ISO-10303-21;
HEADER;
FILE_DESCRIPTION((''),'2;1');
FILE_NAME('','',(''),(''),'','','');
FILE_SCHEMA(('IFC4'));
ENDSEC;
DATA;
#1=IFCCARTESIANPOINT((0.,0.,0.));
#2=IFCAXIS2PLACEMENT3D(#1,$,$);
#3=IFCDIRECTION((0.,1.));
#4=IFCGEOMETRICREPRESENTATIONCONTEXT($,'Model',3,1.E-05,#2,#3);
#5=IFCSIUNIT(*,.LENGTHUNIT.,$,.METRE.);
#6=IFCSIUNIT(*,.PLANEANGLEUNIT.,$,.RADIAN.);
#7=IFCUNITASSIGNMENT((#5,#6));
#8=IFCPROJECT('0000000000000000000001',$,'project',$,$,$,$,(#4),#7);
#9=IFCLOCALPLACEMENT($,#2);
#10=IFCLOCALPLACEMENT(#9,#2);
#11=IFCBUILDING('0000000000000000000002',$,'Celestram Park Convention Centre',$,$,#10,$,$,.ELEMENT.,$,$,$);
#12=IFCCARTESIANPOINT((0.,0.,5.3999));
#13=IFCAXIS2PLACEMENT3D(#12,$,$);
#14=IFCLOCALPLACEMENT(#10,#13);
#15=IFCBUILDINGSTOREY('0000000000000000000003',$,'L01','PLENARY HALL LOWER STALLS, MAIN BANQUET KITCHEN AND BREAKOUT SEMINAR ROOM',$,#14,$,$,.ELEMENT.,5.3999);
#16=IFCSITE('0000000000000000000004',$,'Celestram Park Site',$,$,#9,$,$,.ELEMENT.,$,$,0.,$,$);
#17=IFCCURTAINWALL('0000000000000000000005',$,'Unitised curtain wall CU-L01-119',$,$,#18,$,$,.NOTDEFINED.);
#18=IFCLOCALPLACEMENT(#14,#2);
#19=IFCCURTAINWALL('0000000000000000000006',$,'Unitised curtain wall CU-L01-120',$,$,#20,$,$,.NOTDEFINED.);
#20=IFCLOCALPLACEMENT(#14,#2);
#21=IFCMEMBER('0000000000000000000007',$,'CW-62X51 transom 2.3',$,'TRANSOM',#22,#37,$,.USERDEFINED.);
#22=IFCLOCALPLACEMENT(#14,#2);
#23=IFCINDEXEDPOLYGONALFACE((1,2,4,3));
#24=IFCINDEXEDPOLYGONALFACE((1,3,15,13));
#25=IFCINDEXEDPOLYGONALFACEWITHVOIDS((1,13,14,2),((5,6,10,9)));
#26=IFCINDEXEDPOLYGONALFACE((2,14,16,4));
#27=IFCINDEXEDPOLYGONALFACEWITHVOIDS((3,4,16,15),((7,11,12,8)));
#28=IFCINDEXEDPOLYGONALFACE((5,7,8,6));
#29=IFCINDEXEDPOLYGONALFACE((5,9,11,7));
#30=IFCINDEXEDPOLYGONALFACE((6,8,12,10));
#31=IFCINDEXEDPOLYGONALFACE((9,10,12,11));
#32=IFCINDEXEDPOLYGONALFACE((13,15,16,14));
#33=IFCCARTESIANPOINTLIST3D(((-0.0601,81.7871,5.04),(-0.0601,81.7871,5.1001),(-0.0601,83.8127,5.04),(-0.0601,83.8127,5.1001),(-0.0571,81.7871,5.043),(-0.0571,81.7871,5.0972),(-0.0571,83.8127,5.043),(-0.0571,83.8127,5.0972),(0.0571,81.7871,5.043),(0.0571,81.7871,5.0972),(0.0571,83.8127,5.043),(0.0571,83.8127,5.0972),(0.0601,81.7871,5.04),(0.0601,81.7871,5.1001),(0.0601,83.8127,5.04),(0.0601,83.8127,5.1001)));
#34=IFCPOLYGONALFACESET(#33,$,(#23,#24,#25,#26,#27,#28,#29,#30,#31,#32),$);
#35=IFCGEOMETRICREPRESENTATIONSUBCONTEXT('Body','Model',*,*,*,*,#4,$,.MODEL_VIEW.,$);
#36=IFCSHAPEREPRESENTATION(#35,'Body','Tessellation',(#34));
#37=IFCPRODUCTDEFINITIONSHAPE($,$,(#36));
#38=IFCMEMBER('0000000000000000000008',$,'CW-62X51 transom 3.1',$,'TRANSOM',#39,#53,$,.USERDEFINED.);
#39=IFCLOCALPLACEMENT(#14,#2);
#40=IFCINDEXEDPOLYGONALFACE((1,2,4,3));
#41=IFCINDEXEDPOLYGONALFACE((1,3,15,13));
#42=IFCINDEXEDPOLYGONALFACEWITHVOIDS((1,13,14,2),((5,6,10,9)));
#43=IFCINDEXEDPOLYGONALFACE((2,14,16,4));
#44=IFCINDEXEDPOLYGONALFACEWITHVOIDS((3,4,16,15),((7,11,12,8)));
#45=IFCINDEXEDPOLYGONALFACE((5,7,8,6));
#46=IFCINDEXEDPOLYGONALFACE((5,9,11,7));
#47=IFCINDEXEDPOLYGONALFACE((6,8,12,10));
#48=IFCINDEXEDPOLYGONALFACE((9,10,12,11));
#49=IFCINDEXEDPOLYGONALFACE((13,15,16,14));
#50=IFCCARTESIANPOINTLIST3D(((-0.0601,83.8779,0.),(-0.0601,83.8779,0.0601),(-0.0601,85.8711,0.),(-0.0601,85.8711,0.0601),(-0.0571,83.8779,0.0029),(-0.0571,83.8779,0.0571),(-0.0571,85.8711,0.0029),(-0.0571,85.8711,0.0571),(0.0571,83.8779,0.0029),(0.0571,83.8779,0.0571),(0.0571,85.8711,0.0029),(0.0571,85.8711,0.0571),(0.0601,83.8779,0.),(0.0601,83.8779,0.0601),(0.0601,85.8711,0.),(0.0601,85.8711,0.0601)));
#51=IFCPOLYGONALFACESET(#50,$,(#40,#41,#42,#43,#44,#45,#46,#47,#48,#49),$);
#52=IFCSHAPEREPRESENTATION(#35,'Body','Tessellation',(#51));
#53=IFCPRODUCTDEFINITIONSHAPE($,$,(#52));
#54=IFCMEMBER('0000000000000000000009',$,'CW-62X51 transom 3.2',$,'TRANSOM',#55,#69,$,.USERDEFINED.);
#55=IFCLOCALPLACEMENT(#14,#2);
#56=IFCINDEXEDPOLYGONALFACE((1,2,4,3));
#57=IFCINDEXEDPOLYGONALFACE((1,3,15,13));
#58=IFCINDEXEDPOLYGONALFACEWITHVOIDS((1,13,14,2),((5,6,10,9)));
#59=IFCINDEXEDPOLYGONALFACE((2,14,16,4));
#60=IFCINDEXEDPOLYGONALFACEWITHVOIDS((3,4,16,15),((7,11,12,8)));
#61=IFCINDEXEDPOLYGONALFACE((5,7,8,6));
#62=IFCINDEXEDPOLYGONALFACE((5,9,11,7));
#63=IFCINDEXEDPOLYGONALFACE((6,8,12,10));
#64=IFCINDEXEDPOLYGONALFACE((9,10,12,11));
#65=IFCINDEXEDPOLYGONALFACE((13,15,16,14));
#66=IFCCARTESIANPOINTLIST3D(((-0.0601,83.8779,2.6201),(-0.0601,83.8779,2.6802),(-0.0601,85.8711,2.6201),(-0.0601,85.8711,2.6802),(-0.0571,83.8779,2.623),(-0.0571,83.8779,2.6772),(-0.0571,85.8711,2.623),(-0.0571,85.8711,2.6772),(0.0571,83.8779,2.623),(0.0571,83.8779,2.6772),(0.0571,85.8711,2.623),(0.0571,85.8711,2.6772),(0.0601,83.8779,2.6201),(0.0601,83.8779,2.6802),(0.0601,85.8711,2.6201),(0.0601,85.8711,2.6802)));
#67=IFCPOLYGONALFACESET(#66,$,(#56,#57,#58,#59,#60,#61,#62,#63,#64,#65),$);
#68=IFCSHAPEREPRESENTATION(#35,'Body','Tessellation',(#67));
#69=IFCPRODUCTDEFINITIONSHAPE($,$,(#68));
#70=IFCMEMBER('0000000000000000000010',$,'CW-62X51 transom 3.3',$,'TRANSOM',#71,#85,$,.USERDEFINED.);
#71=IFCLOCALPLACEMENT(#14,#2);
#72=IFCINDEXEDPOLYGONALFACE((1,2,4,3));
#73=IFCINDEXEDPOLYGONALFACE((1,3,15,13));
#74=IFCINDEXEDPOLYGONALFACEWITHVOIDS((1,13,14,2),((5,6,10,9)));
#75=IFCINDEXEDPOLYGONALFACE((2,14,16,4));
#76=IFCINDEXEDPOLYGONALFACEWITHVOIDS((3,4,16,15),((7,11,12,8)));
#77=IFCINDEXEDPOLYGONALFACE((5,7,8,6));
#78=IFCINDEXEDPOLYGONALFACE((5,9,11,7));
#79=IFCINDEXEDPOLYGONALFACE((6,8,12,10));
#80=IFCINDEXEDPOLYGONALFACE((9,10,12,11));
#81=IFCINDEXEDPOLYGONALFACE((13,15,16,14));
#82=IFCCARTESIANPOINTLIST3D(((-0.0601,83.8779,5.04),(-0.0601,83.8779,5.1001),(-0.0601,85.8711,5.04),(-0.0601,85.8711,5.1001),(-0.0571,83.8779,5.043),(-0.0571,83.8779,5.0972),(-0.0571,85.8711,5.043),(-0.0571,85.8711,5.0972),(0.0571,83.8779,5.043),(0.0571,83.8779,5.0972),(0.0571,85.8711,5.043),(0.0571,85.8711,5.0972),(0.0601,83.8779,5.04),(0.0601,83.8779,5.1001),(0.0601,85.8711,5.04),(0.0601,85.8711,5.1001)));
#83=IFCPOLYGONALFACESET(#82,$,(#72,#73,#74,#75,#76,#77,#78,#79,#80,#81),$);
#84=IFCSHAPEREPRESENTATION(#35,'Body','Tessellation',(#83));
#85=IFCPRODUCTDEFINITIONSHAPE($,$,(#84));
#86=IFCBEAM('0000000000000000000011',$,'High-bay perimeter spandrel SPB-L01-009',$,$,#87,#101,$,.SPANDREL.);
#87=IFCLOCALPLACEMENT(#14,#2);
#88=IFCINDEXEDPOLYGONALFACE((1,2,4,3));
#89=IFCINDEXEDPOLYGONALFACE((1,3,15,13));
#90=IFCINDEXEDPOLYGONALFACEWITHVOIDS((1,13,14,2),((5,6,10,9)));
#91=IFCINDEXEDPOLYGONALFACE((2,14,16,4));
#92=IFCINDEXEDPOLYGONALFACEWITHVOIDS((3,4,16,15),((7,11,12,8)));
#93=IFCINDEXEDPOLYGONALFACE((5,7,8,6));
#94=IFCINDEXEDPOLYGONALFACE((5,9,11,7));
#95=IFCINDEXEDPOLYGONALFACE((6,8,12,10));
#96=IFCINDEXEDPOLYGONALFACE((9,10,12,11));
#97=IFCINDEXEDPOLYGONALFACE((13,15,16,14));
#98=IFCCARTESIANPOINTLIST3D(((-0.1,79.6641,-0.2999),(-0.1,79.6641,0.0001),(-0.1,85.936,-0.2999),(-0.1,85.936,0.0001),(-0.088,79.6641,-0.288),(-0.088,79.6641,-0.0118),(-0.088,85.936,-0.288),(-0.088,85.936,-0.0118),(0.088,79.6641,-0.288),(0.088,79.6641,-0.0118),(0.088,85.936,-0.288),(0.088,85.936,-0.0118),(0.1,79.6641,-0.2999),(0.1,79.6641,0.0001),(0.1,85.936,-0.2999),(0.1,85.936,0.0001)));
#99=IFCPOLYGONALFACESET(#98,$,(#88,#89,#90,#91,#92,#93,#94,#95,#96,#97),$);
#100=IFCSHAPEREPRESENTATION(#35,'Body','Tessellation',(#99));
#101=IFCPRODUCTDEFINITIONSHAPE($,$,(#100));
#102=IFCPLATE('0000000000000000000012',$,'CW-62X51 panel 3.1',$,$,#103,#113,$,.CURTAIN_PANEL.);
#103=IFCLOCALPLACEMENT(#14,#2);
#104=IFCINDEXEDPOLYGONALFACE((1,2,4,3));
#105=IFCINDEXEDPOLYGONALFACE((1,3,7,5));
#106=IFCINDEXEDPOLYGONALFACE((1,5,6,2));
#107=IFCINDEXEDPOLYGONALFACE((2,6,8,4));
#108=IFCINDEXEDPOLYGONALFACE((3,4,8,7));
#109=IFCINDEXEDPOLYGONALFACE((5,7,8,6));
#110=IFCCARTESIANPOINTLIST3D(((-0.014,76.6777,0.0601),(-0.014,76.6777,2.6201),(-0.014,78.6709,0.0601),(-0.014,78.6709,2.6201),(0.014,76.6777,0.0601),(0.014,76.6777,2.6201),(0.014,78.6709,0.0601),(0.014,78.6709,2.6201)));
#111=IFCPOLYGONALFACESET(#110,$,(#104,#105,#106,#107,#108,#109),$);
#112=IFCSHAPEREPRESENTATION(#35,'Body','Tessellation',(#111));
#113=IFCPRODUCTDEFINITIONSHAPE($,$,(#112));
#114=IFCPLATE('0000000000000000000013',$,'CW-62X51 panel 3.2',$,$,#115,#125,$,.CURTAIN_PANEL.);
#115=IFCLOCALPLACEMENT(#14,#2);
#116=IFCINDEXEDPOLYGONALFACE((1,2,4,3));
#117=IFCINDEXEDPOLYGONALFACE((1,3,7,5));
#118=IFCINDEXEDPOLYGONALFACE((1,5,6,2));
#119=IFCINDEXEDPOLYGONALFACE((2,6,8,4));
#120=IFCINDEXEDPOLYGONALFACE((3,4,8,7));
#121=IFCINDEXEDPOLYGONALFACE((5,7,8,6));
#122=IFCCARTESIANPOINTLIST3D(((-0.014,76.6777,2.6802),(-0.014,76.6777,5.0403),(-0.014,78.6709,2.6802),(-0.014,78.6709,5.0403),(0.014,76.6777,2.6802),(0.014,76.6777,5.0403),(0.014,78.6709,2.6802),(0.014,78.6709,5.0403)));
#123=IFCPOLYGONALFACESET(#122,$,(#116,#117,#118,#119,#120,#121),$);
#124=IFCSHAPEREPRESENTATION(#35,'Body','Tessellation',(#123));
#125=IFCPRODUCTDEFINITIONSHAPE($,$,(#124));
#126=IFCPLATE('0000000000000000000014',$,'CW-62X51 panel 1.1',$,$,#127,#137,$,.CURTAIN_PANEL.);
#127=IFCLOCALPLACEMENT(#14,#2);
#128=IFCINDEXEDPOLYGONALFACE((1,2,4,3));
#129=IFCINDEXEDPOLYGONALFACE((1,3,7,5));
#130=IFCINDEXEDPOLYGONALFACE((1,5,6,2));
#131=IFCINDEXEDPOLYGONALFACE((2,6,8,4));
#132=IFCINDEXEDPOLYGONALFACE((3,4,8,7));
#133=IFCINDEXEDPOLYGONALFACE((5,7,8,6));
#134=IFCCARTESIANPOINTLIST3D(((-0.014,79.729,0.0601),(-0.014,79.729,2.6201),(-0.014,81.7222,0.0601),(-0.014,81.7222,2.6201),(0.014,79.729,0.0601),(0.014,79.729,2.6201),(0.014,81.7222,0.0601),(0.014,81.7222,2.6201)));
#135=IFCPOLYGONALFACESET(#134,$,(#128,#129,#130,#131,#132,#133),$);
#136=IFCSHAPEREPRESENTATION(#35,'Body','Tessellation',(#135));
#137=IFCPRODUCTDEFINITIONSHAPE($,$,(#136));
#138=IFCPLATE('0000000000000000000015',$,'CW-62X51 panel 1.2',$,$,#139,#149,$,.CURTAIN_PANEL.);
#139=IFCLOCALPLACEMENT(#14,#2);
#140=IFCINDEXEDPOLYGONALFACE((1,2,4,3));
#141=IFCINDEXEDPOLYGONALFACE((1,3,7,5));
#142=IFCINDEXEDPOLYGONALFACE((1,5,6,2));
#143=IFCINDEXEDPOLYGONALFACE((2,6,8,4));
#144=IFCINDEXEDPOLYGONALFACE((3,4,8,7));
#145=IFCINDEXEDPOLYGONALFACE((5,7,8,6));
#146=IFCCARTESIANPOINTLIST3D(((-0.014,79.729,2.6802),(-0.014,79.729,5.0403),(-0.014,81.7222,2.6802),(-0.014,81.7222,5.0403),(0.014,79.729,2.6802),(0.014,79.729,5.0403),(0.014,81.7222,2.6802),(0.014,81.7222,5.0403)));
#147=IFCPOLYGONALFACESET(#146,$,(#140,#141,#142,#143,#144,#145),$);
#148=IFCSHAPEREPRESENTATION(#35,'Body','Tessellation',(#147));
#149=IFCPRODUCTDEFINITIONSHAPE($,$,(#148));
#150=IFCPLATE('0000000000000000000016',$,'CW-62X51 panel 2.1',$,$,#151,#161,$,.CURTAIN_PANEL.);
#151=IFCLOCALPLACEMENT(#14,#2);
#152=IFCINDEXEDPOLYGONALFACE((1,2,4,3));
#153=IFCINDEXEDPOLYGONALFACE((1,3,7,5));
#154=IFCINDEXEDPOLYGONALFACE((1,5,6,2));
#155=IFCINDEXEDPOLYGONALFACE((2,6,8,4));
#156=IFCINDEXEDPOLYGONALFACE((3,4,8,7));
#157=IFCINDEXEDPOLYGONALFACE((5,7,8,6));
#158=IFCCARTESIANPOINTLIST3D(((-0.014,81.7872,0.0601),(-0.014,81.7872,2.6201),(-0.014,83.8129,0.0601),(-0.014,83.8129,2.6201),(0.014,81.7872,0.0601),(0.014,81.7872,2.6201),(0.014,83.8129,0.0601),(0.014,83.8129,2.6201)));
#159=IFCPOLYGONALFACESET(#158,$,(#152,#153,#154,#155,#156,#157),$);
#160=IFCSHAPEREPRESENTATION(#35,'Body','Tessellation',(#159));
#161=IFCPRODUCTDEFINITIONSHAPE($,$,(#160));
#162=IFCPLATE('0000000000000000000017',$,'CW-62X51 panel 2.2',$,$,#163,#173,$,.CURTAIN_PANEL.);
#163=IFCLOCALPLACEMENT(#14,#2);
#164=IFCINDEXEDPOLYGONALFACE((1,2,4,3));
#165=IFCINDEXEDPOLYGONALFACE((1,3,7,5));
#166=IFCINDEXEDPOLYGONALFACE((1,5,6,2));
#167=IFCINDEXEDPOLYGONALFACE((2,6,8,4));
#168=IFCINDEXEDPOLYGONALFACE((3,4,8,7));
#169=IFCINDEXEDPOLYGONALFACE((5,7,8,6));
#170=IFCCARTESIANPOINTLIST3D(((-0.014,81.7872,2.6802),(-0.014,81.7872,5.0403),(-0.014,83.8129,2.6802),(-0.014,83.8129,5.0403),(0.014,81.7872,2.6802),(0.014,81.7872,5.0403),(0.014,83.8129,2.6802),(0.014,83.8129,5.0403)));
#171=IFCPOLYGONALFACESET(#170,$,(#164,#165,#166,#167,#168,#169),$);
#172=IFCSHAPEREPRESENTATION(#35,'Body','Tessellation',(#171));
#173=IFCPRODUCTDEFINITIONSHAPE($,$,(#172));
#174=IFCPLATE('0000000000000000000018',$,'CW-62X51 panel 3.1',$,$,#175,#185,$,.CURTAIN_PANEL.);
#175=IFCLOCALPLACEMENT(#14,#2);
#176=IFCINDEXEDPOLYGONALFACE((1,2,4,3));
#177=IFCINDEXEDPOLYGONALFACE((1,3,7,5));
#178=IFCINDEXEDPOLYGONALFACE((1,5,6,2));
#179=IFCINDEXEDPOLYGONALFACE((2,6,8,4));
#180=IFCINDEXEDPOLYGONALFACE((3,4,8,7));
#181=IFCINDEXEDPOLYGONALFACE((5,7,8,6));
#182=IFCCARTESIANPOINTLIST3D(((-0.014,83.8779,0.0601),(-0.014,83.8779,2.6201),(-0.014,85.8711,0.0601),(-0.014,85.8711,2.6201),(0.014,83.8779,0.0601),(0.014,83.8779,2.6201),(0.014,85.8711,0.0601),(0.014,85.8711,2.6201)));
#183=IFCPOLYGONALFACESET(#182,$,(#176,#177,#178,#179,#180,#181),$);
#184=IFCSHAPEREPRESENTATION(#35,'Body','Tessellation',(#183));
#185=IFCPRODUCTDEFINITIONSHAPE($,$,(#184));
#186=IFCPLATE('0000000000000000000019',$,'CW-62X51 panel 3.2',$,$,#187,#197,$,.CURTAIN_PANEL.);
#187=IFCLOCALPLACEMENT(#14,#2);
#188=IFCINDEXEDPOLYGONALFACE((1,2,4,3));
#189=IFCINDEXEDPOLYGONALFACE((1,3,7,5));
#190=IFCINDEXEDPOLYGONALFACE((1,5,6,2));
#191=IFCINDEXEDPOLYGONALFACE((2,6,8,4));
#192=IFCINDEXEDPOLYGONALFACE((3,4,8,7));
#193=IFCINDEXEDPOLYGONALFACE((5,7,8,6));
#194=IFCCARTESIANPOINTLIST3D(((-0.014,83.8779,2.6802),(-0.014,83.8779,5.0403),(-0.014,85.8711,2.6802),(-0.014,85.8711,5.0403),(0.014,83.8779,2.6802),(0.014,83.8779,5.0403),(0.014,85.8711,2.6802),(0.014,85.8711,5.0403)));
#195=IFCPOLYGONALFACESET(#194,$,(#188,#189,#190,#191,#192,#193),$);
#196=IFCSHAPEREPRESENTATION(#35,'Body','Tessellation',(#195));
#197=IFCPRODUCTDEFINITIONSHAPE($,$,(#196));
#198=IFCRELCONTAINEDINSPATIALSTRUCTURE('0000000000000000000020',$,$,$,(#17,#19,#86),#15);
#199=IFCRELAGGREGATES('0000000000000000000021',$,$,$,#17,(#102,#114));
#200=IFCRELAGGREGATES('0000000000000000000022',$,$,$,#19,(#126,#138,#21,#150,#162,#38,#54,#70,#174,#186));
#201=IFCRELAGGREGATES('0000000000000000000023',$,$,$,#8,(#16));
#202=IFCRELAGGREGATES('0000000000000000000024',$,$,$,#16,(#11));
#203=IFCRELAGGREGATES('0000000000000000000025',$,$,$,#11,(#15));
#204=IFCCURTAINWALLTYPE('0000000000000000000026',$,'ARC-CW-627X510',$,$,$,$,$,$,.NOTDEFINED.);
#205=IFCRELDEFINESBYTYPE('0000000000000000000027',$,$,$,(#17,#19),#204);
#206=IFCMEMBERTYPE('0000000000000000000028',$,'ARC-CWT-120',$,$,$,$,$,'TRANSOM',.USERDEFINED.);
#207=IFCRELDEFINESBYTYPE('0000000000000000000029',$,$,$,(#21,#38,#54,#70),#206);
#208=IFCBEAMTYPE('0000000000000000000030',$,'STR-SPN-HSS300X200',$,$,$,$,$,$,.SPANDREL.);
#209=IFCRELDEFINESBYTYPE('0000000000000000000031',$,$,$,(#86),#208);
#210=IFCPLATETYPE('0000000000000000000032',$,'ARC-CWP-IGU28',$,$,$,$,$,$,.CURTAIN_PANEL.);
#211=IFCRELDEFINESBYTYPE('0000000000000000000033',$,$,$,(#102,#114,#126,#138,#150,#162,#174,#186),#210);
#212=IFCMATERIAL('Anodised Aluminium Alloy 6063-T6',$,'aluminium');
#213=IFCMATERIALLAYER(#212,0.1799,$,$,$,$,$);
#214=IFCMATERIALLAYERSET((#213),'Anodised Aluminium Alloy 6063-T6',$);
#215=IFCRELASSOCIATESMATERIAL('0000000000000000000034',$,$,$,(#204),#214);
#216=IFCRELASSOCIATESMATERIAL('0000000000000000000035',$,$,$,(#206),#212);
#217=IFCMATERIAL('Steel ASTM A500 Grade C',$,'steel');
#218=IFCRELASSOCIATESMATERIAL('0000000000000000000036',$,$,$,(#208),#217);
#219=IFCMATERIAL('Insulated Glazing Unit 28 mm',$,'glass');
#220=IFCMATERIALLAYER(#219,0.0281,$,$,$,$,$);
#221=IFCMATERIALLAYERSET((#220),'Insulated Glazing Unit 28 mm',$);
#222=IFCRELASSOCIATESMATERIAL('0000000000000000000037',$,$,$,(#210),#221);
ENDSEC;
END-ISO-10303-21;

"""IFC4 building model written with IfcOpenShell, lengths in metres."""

from ifc_helpers import new_model, si_unit, direction, frame, origin, origin_2d, place, context, subcontext, project, spatial, rectangle, hollow_rectangle, extrude, material, layer, layer_set, material_profile, profile_set, type_object, element, aggregate, save


model = new_model("IFC4")

# Units and contexts
model_context = context("Model", 3, precision=1e-05, world=origin(), true_north=direction((0.0, 1.0)))
body_context = subcontext(model_context, "Body", "Model", "MODEL_VIEW")
ifc_project = project(units=[si_unit("LENGTHUNIT", "METRE"), si_unit("PLANEANGLEUNIT", "RADIAN")], contexts=[model_context])

# Site, building, storey
site_placement = place(None, origin())
site = spatial("IfcSite", under=ifc_project, at=site_placement, Name="Celestram Park Site", CompositionType="ELEMENT", RefElevation=0.0)
building_placement = place(site_placement, origin())
building = spatial("IfcBuilding", under=site, at=building_placement, Name="Celestram Park Convention Centre", CompositionType="ELEMENT")
storey_placement = place(building_placement, frame((0.0, 0.0, 5.3999)))
storey = spatial("IfcBuildingStorey", under=building, at=storey_placement, Name="L01", Description="PLENARY HALL LOWER STALLS, MAIN BANQUET KITCHEN AND BREAKOUT SEMINAR ROOM", CompositionType="ELEMENT", Elevation=5.3999)

# Curtain wall
ifc_material_1 = material(Name="Anodised Aluminium Alloy 6063-T6", Category="aluminium")
ifc_layer_1 = layer(ifc_material_1, 0.1799)
ifc_layer_set_1 = layer_set([ifc_layer_1], Name="Anodised Aluminium Alloy 6063-T6")
curtain_wall_type = type_object("IfcCurtainWallType", Name="ARC-CW-627X510", PredefinedType="NOTDEFINED", material=ifc_layer_set_1)
curtain_wall_1_placement = place(storey_placement, origin())
curtain_wall_1 = element("IfcCurtainWall", 1, at=curtain_wall_1_placement, inside=storey, type_object=curtain_wall_type, Name="Unitised curtain wall CU-L01-119", PredefinedType="NOTDEFINED")

# Curtain wall, members
curtain_wall_2_placement = place(storey_placement, origin())
curtain_wall_2 = element("IfcCurtainWall", 2, at=curtain_wall_2_placement, inside=storey, type_object=curtain_wall_type, Name="Unitised curtain wall CU-L01-120", PredefinedType="NOTDEFINED")
ifc_material_profile_1 = material_profile(ifc_material_1, hollow_rectangle(XDim=0.1201, YDim=0.0601, WallThickness=0.0029, at=origin_2d()), Name="ALU120X60X3")
ifc_profile_set_1 = profile_set([ifc_material_profile_1], Name="Anodised Aluminium Alloy 6063-T6")
member_type_1 = type_object("IfcMemberType", Name="ARC-CWT-120", ElementType="TRANSOM", PredefinedType="USERDEFINED", material=ifc_profile_set_1)
member_1_placement = place(storey_placement, frame((0.0, 81.7871, 5.0701), z_axis=(0.0, 1.0, 0.0), x_axis=(-1.0, 0.0, 0.0)))
member_1 = element("IfcMember", 3, at=member_1_placement, type_object=member_type_1, Name="CW-62X51 transom 2.3", ObjectType="TRANSOM", PredefinedType="USERDEFINED", context=body_context, shape_type="SweptSolid", body=[
    extrude(hollow_rectangle(XDim=0.1201, YDim=0.0601, WallThickness=0.0029, at=origin_2d()), origin(), (0.0, 0.0, 1.0), 2.0256),
])
member_2_placement = place(storey_placement, frame((0.0, 83.8779, 0.03), z_axis=(0.0, 1.0, 0.0), x_axis=(-1.0, 0.0, 0.0)))
member_2 = element("IfcMember", 4, at=member_2_placement, type_object=member_type_1, Name="CW-62X51 transom 3.1", ObjectType="TRANSOM", PredefinedType="USERDEFINED", context=body_context, shape_type="SweptSolid", body=[
    extrude(hollow_rectangle(XDim=0.1201, YDim=0.0601, WallThickness=0.0029, at=origin_2d()), origin(), (0.0, 0.0, 1.0), 1.9932),
])
member_3_placement = place(storey_placement, frame((0.0, 83.8779, 2.6501), z_axis=(0.0, 1.0, 0.0), x_axis=(-1.0, 0.0, 0.0)))
member_3 = element("IfcMember", 5, at=member_3_placement, type_object=member_type_1, Name="CW-62X51 transom 3.2", ObjectType="TRANSOM", PredefinedType="USERDEFINED", context=body_context, shape_type="SweptSolid", body=[
    extrude(hollow_rectangle(XDim=0.1201, YDim=0.0601, WallThickness=0.0029, at=origin_2d()), origin(), (0.0, 0.0, 1.0), 1.9932),
])
member_4_placement = place(storey_placement, frame((0.0, 83.8779, 5.0701), z_axis=(0.0, 1.0, 0.0), x_axis=(-1.0, 0.0, 0.0)))
member_4 = element("IfcMember", 6, at=member_4_placement, type_object=member_type_1, Name="CW-62X51 transom 3.3", ObjectType="TRANSOM", PredefinedType="USERDEFINED", context=body_context, shape_type="SweptSolid", body=[
    extrude(hollow_rectangle(XDim=0.1201, YDim=0.0601, WallThickness=0.0029, at=origin_2d()), origin(), (0.0, 0.0, 1.0), 1.9932),
])

# Beam
ifc_material_2 = material(Name="Steel ASTM A500 Grade C", Category="steel")
ifc_material_profile_2 = material_profile(ifc_material_2, hollow_rectangle(XDim=0.2, YDim=0.3, WallThickness=0.012, at=origin_2d()), Name="HSS300X200X12")
ifc_profile_set_2 = profile_set([ifc_material_profile_2], Name="Steel ASTM A500 Grade C")
beam_type = type_object("IfcBeamType", Name="STR-SPN-HSS300X200", PredefinedType="SPANDREL", material=ifc_profile_set_2)
beam_placement = place(storey_placement, frame((0.0, 79.6641, -0.1499), z_axis=(0.0, 1.0, 0.0), x_axis=(-1.0, 0.0, 0.0)))
element("IfcBeam", 7, at=beam_placement, inside=storey, type_object=beam_type, Name="High-bay perimeter spandrel SPB-L01-009", PredefinedType="SPANDREL", context=body_context, shape_type="SweptSolid", body=[
    extrude(hollow_rectangle(XDim=0.2, YDim=0.3, WallThickness=0.012, at=origin_2d()), origin(), (0.0, 0.0, 1.0), 6.272),
])

# Plates
ifc_material_3 = material(Name="Insulated Glazing Unit 28 mm", Category="glass")
ifc_layer_2 = layer(ifc_material_3, 0.0281)
ifc_layer_set_2 = layer_set([ifc_layer_2], Name="Insulated Glazing Unit 28 mm")
plate_type = type_object("IfcPlateType", Name="ARC-CWP-IGU28", PredefinedType="CURTAIN_PANEL", material=ifc_layer_set_2)
plate_1_placement = place(storey_placement, frame((0.0, 77.6743, 0.0601), z_axis=(0.0, 0.0, 1.0), x_axis=(0.0, 1.0, 0.0)))
plate_1 = element("IfcPlate", 8, at=plate_1_placement, type_object=plate_type, Name="CW-62X51 panel 3.1", PredefinedType="CURTAIN_PANEL", context=body_context, shape_type="SweptSolid", body=[
    extrude(rectangle(XDim=1.9932, YDim=0.0281, at=origin_2d()), origin(), (0.0, 0.0, 1.0), 2.5601),
])
plate_2_placement = place(storey_placement, frame((0.0, 77.6743, 2.6802), z_axis=(0.0, 0.0, 1.0), x_axis=(0.0, 1.0, 0.0)))
plate_2 = element("IfcPlate", 9, at=plate_2_placement, type_object=plate_type, Name="CW-62X51 panel 3.2", PredefinedType="CURTAIN_PANEL", context=body_context, shape_type="SweptSolid", body=[
    extrude(rectangle(XDim=1.9932, YDim=0.0281, at=origin_2d()), origin(), (0.0, 0.0, 1.0), 2.3601),
])
aggregate(curtain_wall_1, [plate_1, plate_2])
plate_3_placement = place(storey_placement, frame((0.0, 80.7256, 0.0601), z_axis=(0.0, 0.0, 1.0), x_axis=(0.0, 1.0, 0.0)))
plate_3 = element("IfcPlate", 10, at=plate_3_placement, type_object=plate_type, Name="CW-62X51 panel 1.1", PredefinedType="CURTAIN_PANEL", context=body_context, shape_type="SweptSolid", body=[
    extrude(rectangle(XDim=1.9932, YDim=0.0281, at=origin_2d()), origin(), (0.0, 0.0, 1.0), 2.5601),
])
plate_4_placement = place(storey_placement, frame((0.0, 80.7256, 2.6802), z_axis=(0.0, 0.0, 1.0), x_axis=(0.0, 1.0, 0.0)))
plate_4 = element("IfcPlate", 11, at=plate_4_placement, type_object=plate_type, Name="CW-62X51 panel 1.2", PredefinedType="CURTAIN_PANEL", context=body_context, shape_type="SweptSolid", body=[
    extrude(rectangle(XDim=1.9932, YDim=0.0281, at=origin_2d()), origin(), (0.0, 0.0, 1.0), 2.3601),
])
plate_5_placement = place(storey_placement, frame((0.0, 82.8, 0.0601), z_axis=(0.0, 0.0, 1.0), x_axis=(0.0, 1.0, 0.0)))
plate_5 = element("IfcPlate", 12, at=plate_5_placement, type_object=plate_type, Name="CW-62X51 panel 2.1", PredefinedType="CURTAIN_PANEL", context=body_context, shape_type="SweptSolid", body=[
    extrude(rectangle(XDim=2.0256, YDim=0.0281, at=origin_2d()), origin(), (0.0, 0.0, 1.0), 2.5601),
])
plate_6_placement = place(storey_placement, frame((0.0, 82.8, 2.6802), z_axis=(0.0, 0.0, 1.0), x_axis=(0.0, 1.0, 0.0)))
plate_6 = element("IfcPlate", 13, at=plate_6_placement, type_object=plate_type, Name="CW-62X51 panel 2.2", PredefinedType="CURTAIN_PANEL", context=body_context, shape_type="SweptSolid", body=[
    extrude(rectangle(XDim=2.0256, YDim=0.0281, at=origin_2d()), origin(), (0.0, 0.0, 1.0), 2.3601),
])
plate_7_placement = place(storey_placement, frame((0.0, 84.8745, 0.0601), z_axis=(0.0, 0.0, 1.0), x_axis=(0.0, 1.0, 0.0)))
plate_7 = element("IfcPlate", 14, at=plate_7_placement, type_object=plate_type, Name="CW-62X51 panel 3.1", PredefinedType="CURTAIN_PANEL", context=body_context, shape_type="SweptSolid", body=[
    extrude(rectangle(XDim=1.9932, YDim=0.0281, at=origin_2d()), origin(), (0.0, 0.0, 1.0), 2.5601),
])
plate_8_placement = place(storey_placement, frame((0.0, 84.8745, 2.6802), z_axis=(0.0, 0.0, 1.0), x_axis=(0.0, 1.0, 0.0)))
plate_8 = element("IfcPlate", 15, at=plate_8_placement, type_object=plate_type, Name="CW-62X51 panel 3.2", PredefinedType="CURTAIN_PANEL", context=body_context, shape_type="SweptSolid", body=[
    extrude(rectangle(XDim=1.9932, YDim=0.0281, at=origin_2d()), origin(), (0.0, 0.0, 1.0), 2.3601),
])
aggregate(curtain_wall_2, [plate_3, plate_4, member_1, plate_5, plate_6, member_2, member_3, member_4, plate_7, plate_8])

save(model, "model.ifc")
